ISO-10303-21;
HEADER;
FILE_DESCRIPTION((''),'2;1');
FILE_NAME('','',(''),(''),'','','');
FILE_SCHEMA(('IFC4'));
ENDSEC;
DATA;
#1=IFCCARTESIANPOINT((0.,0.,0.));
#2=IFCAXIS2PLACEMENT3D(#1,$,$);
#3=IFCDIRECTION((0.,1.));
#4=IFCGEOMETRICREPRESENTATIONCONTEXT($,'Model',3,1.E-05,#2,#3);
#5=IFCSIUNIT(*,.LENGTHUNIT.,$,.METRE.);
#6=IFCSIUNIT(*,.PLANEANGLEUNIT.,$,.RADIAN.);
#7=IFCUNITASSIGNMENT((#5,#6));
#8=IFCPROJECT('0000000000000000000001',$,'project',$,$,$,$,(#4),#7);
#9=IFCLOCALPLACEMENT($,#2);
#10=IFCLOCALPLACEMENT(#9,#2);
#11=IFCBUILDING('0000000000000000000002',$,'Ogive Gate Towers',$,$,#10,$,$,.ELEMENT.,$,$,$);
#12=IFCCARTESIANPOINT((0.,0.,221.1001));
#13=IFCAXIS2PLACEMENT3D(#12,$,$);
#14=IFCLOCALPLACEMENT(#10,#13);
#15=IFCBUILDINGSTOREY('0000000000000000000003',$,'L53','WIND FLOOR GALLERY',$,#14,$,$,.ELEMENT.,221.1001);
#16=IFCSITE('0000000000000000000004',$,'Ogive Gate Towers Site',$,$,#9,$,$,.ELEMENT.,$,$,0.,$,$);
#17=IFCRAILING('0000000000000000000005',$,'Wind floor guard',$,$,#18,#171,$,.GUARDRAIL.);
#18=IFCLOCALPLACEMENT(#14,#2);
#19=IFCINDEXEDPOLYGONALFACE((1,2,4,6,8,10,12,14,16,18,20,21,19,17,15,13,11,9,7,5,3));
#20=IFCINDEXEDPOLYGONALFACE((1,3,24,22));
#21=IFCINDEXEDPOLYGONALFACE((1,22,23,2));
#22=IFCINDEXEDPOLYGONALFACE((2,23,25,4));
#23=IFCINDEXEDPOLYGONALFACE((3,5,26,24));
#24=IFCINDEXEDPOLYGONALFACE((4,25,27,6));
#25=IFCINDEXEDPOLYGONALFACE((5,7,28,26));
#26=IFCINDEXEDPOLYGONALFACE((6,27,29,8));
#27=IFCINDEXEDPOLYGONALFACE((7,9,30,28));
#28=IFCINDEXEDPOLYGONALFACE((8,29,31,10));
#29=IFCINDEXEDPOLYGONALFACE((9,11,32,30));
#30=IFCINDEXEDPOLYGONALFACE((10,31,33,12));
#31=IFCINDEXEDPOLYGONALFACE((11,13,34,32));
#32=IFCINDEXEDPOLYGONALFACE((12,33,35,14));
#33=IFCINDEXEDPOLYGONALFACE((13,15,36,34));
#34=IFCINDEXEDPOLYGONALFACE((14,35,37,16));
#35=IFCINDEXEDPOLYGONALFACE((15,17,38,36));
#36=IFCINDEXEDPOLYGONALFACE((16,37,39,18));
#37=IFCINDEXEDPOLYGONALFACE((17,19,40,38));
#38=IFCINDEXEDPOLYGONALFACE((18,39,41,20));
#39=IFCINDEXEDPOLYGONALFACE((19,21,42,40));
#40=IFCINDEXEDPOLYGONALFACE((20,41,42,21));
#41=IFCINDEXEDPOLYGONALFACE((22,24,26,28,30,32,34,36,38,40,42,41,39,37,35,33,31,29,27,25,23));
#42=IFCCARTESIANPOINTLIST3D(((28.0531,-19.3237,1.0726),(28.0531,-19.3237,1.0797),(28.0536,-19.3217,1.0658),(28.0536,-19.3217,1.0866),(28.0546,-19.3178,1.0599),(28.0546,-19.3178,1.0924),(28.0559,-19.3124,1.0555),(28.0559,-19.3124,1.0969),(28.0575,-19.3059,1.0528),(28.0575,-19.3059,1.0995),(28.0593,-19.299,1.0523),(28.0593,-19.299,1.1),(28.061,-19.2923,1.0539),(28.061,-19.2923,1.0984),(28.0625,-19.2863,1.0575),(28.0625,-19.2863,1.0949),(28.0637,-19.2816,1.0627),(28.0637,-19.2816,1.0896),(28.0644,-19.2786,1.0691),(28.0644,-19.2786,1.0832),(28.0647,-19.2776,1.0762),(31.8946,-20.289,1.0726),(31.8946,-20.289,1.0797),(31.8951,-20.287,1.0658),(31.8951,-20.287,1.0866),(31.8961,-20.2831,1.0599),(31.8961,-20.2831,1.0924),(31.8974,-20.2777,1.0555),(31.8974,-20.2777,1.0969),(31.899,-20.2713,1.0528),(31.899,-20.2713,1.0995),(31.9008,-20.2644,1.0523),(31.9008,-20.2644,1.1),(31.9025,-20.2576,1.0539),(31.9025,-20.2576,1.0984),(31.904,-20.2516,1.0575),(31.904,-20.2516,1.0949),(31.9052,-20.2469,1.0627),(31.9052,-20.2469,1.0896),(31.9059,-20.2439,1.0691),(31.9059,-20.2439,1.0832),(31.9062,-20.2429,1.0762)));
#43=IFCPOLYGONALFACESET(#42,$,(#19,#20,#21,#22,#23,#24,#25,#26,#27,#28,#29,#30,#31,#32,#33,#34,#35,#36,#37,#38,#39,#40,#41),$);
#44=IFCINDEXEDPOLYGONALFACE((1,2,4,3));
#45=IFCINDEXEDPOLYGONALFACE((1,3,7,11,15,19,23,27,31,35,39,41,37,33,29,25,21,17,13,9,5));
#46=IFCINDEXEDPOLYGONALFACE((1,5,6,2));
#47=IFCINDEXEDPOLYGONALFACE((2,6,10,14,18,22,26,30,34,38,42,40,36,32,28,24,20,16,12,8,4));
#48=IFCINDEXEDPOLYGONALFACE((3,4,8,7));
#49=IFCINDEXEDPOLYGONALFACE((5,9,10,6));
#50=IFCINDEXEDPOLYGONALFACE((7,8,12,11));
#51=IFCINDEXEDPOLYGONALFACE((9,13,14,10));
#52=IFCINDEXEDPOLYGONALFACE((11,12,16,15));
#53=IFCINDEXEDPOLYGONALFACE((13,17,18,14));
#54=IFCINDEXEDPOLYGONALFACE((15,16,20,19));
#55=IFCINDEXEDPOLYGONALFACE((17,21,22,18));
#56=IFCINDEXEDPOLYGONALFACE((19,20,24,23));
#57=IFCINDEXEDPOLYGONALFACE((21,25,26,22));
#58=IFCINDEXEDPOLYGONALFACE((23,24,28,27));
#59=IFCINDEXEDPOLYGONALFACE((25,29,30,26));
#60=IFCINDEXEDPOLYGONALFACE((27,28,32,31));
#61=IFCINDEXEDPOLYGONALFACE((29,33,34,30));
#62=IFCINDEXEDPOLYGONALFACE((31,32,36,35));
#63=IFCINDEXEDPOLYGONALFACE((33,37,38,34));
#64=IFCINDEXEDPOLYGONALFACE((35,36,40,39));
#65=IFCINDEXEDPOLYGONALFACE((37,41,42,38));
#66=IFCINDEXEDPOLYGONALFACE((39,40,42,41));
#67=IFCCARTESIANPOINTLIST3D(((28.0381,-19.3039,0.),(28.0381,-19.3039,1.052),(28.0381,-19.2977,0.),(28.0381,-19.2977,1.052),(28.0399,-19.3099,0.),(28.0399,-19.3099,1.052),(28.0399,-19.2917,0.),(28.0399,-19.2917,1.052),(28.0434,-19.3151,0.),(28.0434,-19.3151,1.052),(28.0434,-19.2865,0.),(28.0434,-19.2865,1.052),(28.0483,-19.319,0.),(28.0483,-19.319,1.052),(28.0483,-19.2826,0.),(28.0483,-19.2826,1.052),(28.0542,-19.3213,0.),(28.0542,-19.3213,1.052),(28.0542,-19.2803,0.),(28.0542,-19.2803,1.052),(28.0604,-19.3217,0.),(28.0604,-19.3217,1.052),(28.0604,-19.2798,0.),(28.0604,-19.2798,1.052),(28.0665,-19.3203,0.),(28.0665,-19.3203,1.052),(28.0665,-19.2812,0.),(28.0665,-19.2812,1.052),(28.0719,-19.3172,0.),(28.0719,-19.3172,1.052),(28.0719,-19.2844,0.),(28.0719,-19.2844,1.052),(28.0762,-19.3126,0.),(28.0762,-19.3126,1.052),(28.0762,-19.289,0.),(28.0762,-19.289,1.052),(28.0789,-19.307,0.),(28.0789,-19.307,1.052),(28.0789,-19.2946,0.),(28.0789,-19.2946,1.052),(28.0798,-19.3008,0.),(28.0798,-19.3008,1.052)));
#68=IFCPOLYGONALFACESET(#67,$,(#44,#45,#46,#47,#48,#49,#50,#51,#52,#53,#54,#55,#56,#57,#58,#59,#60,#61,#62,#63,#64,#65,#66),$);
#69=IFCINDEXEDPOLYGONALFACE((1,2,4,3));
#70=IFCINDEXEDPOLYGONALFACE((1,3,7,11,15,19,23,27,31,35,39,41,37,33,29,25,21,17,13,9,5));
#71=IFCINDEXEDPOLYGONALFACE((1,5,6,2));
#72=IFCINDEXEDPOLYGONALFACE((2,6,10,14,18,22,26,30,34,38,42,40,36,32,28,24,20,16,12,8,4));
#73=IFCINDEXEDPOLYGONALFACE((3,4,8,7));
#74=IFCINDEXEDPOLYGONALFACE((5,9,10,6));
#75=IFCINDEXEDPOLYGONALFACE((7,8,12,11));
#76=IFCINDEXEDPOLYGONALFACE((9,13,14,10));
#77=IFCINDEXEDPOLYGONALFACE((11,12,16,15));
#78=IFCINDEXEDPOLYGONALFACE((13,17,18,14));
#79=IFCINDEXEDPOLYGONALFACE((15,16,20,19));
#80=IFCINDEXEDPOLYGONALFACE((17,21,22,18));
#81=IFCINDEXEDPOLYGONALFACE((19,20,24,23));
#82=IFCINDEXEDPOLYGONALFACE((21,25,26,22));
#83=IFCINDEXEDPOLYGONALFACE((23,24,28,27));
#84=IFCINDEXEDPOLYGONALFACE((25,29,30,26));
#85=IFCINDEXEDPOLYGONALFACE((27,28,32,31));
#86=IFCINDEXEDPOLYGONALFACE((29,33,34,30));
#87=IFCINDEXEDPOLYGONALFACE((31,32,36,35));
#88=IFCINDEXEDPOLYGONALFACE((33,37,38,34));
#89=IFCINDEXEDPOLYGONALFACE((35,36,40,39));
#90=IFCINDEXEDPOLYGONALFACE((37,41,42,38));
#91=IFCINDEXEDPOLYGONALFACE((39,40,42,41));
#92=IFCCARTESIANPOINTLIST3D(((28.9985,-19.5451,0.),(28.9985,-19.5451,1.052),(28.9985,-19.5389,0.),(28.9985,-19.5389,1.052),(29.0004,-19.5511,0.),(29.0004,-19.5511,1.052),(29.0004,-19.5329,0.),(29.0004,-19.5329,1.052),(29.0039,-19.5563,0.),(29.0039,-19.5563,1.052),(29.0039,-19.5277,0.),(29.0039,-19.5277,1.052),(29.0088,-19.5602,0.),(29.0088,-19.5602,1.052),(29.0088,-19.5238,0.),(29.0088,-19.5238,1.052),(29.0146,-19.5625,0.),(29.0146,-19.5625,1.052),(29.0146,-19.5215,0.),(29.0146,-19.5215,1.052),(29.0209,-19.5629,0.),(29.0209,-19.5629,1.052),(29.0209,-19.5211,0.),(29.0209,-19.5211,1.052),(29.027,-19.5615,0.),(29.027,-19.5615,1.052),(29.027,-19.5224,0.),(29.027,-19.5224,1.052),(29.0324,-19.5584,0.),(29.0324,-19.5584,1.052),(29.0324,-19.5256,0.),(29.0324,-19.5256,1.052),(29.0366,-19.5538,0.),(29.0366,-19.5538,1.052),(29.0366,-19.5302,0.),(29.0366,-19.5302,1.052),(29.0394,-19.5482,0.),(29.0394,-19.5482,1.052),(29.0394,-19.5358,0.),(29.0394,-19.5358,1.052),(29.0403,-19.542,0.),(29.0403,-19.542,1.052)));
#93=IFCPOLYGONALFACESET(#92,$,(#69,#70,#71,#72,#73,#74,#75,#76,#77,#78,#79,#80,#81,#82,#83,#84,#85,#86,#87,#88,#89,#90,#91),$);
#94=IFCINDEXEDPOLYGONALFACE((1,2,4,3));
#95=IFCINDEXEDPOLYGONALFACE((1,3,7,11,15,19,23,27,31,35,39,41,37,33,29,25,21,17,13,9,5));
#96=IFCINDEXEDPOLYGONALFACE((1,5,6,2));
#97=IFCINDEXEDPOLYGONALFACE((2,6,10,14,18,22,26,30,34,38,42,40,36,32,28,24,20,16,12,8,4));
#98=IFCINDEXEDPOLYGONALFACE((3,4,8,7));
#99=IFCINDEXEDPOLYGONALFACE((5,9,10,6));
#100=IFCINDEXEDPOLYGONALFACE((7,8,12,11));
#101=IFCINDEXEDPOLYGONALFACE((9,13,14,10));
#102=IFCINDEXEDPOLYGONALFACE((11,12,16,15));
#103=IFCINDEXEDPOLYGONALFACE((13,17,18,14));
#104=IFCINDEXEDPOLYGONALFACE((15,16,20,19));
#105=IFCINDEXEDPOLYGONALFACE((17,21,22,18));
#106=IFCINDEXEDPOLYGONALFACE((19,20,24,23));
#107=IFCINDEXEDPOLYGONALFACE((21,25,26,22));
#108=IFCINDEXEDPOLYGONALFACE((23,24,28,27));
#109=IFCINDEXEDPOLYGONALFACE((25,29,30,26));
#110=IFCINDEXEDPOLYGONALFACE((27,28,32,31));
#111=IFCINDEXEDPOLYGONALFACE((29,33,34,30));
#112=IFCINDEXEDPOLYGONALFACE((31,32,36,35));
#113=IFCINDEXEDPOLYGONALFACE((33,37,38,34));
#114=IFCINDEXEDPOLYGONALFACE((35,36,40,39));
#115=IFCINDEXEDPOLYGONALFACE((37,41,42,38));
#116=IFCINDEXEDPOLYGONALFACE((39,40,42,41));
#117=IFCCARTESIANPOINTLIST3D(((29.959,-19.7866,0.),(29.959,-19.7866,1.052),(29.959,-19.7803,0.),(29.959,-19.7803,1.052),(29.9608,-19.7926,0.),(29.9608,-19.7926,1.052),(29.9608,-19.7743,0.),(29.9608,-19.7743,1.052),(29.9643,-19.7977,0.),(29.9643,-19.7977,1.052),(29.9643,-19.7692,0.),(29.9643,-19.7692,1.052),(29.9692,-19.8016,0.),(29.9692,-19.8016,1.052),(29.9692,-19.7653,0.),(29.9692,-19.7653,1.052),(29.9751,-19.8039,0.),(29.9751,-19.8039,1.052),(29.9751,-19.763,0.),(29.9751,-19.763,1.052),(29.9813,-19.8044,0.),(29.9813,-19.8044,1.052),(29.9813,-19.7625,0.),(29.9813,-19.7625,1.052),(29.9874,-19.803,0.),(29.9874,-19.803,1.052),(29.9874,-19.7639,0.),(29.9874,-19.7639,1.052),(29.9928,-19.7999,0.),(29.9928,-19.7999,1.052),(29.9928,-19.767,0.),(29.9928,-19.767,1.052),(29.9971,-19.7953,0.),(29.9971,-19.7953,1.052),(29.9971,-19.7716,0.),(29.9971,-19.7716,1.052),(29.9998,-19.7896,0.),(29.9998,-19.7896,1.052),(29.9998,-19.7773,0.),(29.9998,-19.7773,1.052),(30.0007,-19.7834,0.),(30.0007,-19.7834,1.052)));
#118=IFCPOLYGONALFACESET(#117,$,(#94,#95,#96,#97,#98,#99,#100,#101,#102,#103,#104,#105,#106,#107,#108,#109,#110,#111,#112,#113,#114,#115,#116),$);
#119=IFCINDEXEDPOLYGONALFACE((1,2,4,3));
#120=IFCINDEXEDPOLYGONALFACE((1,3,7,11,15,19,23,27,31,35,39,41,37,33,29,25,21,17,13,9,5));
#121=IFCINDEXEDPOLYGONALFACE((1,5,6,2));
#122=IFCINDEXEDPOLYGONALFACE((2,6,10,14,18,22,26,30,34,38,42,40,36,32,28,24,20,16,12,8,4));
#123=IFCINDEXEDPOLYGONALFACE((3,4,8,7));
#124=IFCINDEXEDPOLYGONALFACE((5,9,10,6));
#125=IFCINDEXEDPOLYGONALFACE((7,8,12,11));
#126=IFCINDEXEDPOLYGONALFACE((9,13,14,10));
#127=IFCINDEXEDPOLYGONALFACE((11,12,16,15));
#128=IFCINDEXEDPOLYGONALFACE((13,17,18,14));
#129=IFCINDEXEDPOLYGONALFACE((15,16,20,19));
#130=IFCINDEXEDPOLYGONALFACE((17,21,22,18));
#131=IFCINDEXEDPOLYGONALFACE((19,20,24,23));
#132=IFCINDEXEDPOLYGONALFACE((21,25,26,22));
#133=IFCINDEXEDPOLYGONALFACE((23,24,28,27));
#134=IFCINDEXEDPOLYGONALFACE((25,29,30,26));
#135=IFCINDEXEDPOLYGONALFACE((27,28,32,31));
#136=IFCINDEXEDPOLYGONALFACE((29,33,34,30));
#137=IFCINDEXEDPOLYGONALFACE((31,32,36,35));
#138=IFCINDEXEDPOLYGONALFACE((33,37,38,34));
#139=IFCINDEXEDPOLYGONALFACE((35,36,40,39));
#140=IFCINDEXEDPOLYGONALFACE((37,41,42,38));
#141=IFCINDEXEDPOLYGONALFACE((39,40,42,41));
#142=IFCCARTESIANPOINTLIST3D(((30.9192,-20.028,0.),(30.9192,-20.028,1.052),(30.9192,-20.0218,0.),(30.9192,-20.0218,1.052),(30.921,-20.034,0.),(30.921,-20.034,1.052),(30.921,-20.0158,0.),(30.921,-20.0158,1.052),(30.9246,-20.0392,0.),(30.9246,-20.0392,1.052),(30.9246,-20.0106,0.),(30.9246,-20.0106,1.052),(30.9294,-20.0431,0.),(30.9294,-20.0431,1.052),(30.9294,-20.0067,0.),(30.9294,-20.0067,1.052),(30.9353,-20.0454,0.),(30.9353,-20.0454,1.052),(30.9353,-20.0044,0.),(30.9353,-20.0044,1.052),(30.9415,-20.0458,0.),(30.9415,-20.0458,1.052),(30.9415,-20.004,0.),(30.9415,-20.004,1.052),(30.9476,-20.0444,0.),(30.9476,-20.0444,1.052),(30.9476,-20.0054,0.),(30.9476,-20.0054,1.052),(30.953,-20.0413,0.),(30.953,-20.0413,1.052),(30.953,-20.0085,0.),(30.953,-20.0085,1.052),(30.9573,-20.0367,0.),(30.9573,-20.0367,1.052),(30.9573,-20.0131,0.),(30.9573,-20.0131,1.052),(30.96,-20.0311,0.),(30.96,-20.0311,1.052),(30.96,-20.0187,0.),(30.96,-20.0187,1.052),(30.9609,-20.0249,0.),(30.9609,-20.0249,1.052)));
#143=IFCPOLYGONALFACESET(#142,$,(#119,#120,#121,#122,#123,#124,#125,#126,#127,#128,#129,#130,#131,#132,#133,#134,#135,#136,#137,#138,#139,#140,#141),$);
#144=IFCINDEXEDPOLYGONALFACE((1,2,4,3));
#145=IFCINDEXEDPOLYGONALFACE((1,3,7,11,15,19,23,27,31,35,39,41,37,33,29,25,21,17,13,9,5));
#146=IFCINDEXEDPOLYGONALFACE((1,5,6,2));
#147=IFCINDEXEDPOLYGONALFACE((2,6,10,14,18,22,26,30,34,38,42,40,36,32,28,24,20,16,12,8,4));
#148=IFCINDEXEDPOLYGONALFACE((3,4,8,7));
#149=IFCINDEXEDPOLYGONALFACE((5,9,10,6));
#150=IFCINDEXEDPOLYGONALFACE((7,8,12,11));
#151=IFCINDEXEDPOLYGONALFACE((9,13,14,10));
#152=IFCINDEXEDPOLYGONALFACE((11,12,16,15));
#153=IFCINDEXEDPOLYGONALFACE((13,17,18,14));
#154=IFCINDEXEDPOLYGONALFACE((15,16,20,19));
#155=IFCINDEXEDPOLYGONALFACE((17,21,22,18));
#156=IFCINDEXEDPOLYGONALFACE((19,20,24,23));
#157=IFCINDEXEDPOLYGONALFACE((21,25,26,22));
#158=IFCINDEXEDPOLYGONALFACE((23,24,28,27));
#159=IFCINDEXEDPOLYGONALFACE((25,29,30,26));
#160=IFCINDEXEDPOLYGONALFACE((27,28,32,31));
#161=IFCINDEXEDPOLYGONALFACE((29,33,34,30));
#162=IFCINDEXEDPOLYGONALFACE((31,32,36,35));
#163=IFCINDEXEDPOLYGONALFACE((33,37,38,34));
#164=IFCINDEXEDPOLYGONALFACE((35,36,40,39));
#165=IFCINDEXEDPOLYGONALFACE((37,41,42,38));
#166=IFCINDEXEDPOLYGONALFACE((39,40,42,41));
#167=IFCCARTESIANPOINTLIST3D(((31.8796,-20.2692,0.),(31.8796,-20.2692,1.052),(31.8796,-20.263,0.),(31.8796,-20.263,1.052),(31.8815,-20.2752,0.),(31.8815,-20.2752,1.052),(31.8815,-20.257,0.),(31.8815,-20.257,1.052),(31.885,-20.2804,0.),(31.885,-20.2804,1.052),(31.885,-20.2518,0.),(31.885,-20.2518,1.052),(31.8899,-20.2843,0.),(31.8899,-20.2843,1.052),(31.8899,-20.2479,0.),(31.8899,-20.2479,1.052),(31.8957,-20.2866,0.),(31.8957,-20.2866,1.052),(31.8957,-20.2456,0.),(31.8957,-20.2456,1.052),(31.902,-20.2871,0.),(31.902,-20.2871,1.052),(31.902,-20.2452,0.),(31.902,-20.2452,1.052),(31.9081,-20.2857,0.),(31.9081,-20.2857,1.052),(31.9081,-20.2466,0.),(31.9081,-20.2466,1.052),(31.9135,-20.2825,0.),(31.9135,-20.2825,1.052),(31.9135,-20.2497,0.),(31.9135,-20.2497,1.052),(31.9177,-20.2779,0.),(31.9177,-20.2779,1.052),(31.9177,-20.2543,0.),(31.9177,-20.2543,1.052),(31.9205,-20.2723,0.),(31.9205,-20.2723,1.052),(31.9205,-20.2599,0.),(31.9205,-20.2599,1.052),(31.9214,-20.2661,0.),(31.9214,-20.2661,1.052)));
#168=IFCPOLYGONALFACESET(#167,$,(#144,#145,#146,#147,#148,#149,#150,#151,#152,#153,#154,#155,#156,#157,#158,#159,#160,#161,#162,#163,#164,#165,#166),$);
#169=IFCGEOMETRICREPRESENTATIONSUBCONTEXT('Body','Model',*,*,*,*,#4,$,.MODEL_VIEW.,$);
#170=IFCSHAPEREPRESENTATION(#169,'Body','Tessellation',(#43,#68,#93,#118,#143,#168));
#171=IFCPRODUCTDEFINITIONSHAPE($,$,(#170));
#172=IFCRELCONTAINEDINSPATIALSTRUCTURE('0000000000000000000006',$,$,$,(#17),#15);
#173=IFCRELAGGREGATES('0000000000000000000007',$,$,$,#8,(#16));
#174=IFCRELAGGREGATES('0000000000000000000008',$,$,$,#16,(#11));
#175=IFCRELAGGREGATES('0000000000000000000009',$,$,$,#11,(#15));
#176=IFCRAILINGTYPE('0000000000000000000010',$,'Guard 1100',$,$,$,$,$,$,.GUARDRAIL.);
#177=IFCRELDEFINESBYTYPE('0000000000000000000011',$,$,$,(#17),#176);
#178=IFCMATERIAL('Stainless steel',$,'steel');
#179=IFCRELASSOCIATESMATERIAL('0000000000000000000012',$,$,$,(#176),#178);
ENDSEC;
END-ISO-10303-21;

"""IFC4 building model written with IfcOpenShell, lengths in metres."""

from ifc_helpers import new_model, si_unit, direction, frame, origin, origin_2d, place, context, subcontext, project, spatial, circle, extrude, material, type_object, element, save


model = new_model("IFC4")

# Units and contexts
model_context = context("Model", 3, precision=1e-05, world=origin(), true_north=direction((0.0, 1.0)))
body_context = subcontext(model_context, "Body", "Model", "MODEL_VIEW")
ifc_project = project(units=[si_unit("LENGTHUNIT", "METRE"), si_unit("PLANEANGLEUNIT", "RADIAN")], contexts=[model_context])

# Site, building, storey
site_placement = place(None, origin())
site = spatial("IfcSite", under=ifc_project, at=site_placement, Name="Ogive Gate Towers Site", CompositionType="ELEMENT", RefElevation=0.0)
building_placement = place(site_placement, origin())
building = spatial("IfcBuilding", under=site, at=building_placement, Name="Ogive Gate Towers", CompositionType="ELEMENT")
storey_placement = place(building_placement, frame((0.0, 0.0, 221.1001)))
storey = spatial("IfcBuildingStorey", under=building, at=storey_placement, Name="L53", Description="WIND FLOOR GALLERY", CompositionType="ELEMENT", Elevation=221.1001)

# Railing
ifc_material_1 = material(Name="Stainless steel", Category="steel")
railing_type_1 = type_object("IfcRailingType", Name="Guard 1100", PredefinedType="GUARDRAIL", material=ifc_material_1)
railing_1_placement = place(storey_placement, frame((28.0588, -19.3008, 0.0)))
element("IfcRailing", 1, at=railing_1_placement, inside=storey, type_object=railing_type_1, Name="Wind floor guard", PredefinedType="GUARDRAIL", context=body_context, shape_type="SweptSolid", body=[
    extrude(circle(Radius=0.0239, at=origin_2d()), frame((0.0, 0.0, 1.0762), z_axis=(0.969848, -0.24371, 0.0), x_axis=(0.24371, 0.969848, 0.0)), (0.0, 0.0, 1.0), 3.9609),
    extrude(circle(Radius=0.021, at=origin_2d()), origin(), (0.0, 0.0, 1.0), 1.052),
    extrude(circle(Radius=0.021, at=origin_2d()), frame((0.9604, -0.2412, 0.0)), (0.0, 0.0, 1.0), 1.052),
    extrude(circle(Radius=0.021, at=origin_2d()), frame((1.9209, -0.4827, 0.0)), (0.0, 0.0, 1.0), 1.052),
    extrude(circle(Radius=0.021, at=origin_2d()), frame((2.8811, -0.7241, 0.0)), (0.0, 0.0, 1.0), 1.052),
    extrude(circle(Radius=0.021, at=origin_2d()), frame((3.8416, -0.9653, 0.0)), (0.0, 0.0, 1.0), 1.052),
])

save(model, "model.ifc")
